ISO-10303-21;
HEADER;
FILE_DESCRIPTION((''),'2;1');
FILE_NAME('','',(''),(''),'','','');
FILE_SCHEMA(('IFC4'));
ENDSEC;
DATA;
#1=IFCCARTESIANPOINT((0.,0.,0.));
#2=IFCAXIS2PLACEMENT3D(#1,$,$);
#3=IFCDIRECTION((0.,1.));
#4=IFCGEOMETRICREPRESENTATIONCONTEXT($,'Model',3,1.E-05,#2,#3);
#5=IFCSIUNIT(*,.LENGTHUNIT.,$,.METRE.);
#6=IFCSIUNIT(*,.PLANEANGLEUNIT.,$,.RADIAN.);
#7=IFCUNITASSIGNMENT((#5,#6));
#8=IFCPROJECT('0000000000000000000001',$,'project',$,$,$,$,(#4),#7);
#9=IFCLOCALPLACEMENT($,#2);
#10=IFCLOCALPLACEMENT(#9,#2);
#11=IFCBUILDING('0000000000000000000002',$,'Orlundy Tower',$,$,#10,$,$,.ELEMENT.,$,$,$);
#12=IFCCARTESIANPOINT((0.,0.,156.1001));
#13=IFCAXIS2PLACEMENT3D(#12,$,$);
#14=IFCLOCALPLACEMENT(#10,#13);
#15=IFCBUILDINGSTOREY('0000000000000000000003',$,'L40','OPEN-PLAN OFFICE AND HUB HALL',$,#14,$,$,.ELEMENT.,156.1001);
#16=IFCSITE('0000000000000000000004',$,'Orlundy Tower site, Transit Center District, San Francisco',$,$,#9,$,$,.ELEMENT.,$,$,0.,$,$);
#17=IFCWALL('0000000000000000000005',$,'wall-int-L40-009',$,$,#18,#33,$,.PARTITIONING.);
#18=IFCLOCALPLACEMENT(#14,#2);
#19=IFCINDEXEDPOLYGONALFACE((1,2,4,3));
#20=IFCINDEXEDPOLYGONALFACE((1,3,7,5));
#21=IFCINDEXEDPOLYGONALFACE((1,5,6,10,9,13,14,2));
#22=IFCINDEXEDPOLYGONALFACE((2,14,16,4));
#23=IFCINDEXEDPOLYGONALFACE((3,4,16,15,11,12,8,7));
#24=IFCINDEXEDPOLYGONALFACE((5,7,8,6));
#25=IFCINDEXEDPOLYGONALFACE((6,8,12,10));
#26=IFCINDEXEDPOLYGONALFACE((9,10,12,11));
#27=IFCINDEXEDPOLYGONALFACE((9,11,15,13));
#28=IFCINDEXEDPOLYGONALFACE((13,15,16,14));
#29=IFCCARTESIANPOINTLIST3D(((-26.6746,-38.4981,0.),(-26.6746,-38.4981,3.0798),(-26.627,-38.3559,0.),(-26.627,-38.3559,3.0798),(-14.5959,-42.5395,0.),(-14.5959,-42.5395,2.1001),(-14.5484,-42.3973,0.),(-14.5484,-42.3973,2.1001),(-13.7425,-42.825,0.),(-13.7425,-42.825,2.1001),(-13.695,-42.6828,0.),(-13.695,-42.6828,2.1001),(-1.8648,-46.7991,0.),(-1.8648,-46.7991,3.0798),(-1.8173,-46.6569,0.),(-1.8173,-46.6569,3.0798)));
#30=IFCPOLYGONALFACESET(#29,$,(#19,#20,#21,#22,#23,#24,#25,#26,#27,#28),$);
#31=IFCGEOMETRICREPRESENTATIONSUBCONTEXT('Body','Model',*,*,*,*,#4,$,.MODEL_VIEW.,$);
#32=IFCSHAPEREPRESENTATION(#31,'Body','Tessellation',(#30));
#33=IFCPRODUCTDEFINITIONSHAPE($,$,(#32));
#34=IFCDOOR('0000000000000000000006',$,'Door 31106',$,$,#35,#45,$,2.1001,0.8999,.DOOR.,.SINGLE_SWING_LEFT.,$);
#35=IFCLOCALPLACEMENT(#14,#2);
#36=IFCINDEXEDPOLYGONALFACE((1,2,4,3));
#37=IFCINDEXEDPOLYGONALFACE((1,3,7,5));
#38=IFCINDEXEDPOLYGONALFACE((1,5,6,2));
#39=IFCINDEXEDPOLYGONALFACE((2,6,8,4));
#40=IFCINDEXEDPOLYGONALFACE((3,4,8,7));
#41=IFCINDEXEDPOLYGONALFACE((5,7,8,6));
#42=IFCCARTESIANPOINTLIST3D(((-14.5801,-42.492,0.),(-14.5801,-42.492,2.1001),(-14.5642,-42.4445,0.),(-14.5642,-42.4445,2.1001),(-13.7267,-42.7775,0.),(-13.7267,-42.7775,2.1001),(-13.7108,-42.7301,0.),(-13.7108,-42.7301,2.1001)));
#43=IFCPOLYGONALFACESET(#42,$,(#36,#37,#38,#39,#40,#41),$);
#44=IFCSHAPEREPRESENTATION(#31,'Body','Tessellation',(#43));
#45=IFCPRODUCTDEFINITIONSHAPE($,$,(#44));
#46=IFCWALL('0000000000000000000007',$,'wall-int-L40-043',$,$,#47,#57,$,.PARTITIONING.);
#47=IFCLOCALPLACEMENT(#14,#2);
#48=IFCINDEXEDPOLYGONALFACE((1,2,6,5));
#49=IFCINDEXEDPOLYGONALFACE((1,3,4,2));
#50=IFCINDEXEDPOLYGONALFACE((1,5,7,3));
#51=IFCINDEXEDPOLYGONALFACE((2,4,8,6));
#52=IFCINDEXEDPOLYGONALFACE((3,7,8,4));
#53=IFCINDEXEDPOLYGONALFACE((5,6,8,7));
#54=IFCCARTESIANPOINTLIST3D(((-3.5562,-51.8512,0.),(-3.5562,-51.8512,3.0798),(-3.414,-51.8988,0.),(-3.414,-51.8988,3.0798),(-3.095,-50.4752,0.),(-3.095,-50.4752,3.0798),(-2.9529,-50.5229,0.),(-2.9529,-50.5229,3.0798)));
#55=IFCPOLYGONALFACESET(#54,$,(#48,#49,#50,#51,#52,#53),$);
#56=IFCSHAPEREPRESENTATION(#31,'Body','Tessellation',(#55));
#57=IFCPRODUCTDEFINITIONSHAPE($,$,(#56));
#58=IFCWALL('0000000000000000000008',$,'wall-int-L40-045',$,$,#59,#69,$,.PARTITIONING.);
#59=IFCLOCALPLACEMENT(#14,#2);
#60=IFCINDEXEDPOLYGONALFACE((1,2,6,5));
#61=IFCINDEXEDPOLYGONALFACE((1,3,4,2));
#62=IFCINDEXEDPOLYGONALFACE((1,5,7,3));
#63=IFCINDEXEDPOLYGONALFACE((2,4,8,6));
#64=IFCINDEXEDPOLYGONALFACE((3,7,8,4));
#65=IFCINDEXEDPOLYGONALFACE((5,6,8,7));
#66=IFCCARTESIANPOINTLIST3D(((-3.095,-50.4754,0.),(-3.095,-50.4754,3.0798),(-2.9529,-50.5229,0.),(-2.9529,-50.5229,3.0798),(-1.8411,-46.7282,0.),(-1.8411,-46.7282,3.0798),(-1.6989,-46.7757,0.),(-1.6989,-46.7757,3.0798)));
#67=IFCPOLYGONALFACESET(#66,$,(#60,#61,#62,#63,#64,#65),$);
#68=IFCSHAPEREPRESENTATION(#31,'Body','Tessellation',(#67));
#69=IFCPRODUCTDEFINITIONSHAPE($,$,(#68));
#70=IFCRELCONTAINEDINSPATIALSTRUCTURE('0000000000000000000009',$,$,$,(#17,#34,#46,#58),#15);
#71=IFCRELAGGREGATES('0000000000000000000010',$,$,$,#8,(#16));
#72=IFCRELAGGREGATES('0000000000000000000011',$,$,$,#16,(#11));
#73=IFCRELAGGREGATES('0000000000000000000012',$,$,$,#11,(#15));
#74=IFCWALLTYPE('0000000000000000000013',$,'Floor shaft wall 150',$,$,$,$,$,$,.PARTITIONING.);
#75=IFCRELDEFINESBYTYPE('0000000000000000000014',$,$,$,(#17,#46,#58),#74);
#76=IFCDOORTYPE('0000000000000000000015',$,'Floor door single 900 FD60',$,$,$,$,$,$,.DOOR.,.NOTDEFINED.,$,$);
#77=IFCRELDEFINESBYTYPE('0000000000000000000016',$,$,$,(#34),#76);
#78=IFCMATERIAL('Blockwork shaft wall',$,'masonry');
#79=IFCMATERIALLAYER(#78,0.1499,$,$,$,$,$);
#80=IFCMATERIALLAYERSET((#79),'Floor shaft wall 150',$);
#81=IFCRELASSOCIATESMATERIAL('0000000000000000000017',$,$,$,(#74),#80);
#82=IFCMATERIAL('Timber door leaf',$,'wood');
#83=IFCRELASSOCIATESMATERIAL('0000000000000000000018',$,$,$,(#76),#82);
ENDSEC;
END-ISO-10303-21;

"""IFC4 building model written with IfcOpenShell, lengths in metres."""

from ifc_helpers import new_model, si_unit, direction, frame, frame_2d, origin, place, context, subcontext, project, spatial, rectangle, extrude, material, layer, layer_set, type_object, element, fill, save


model = new_model("IFC4")

# Units and contexts
model_context = context("Model", 3, precision=1e-05, world=origin(), true_north=direction((0.0, 1.0)))
body_context = subcontext(model_context, "Body", "Model", "MODEL_VIEW")
ifc_project = project(units=[si_unit("LENGTHUNIT", "METRE"), si_unit("PLANEANGLEUNIT", "RADIAN")], contexts=[model_context])

# Site, building, storey
site_placement = place(None, origin())
site = spatial("IfcSite", under=ifc_project, at=site_placement, Name="Orlundy Tower site, Transit Center District, San Francisco", CompositionType="ELEMENT", RefElevation=0.0)
building_placement = place(site_placement, origin())
building = spatial("IfcBuilding", under=site, at=building_placement, Name="Orlundy Tower", CompositionType="ELEMENT")
storey_placement = place(building_placement, frame((0.0, 0.0, 156.1001)))
storey = spatial("IfcBuildingStorey", under=building, at=storey_placement, Name="L40", Description="OPEN-PLAN OFFICE AND HUB HALL", CompositionType="ELEMENT", Elevation=156.1001)

# Wall, opening, door
ifc_material_1 = material(Name="Blockwork shaft wall", Category="masonry")
ifc_layer_1 = layer(ifc_material_1, 0.1499)
ifc_layer_set_1 = layer_set([ifc_layer_1], Name="Floor shaft wall 150")
wall_type_1 = type_object("IfcWallType", Name="Floor shaft wall 150", PredefinedType="PARTITIONING", material=ifc_layer_set_1)
wall_1_placement = place(storey_placement, frame((-1.8411, -46.728, 0.0), z_axis=(0.0, 0.0, 1.0), x_axis=(-0.948326, 0.317297, 0.0)))
wall_1 = element("IfcWall", 1, at=wall_1_placement, inside=storey, type_object=wall_type_1, Name="wall-int-L40-009", PredefinedType="PARTITIONING", context=body_context, shape_type="SweptSolid", body=[
    extrude(rectangle(XDim=26.1616, YDim=0.1499, at=frame_2d((13.0808, 0.0))), origin(), (0.0, 0.0, 1.0), 3.0798),
])
opening_1_placement = place(wall_1_placement, frame((12.5249, 0.0, 0.0)))
opening_1 = element("IfcOpeningElement", 2, at=opening_1_placement, cuts=wall_1, PredefinedType="OPENING", context=body_context, shape_type="SweptSolid", body=[
    extrude(rectangle(XDim=0.8999, YDim=2.1001, at=frame_2d((0.45, 1.05))), frame((0.0, 0.085, 0.0), z_axis=(0.0, -1.0, 0.0), x_axis=(1.0, 0.0, 0.0)), (0.0, 0.0, 1.0), 0.1699),
])
ifc_material_2 = material(Name="Timber door leaf", Category="wood")
door_type_1 = type_object("IfcDoorType", Name="Floor door single 900 FD60", OperationType="NOTDEFINED", PredefinedType="DOOR", material=ifc_material_2)
door_1_placement = place(opening_1_placement, origin())
door_1 = element("IfcDoor", 3, at=door_1_placement, inside=storey, type_object=door_type_1, Name="Door 31106", OperationType="SINGLE_SWING_LEFT", OverallHeight=2.1001, OverallWidth=0.8999, PredefinedType="DOOR", context=body_context, shape_type="SweptSolid", body=[
    extrude(rectangle(XDim=0.8999, YDim=2.1001, at=frame_2d((0.45, 1.05))), frame((0.0, 0.0249, 0.0), z_axis=(0.0, -1.0, 0.0), x_axis=(1.0, 0.0, 0.0)), (0.0, 0.0, 1.0), 0.05),
])
fill(opening_1, door_1)

# Walls
wall_2_placement = place(storey_placement, frame((-3.4851, -51.875, 0.0), z_axis=(0.0, 0.0, 1.0), x_axis=(0.317792, 0.94816, 0.0)))
element("IfcWall", 4, at=wall_2_placement, inside=storey, type_object=wall_type_1, Name="wall-int-L40-043", PredefinedType="PARTITIONING", context=body_context, shape_type="SweptSolid", body=[
    extrude(rectangle(XDim=1.4512, YDim=0.1499, at=frame_2d((0.7256, 0.0))), origin(), (0.0, 0.0, 1.0), 3.0798),
])
wall_3_placement = place(storey_placement, frame((-3.0239, -50.499, 0.0), z_axis=(0.0, 0.0, 1.0), x_axis=(0.31734, 0.948312, 0.0)))
element("IfcWall", 5, at=wall_3_placement, inside=storey, type_object=wall_type_1, Name="wall-int-L40-045", PredefinedType="PARTITIONING", context=body_context, shape_type="SweptSolid", body=[
    extrude(rectangle(XDim=3.9514, YDim=0.1499, at=frame_2d((1.9756, 0.0))), origin(), (0.0, 0.0, 1.0), 3.0798),
])

save(model, "model.ifc")
